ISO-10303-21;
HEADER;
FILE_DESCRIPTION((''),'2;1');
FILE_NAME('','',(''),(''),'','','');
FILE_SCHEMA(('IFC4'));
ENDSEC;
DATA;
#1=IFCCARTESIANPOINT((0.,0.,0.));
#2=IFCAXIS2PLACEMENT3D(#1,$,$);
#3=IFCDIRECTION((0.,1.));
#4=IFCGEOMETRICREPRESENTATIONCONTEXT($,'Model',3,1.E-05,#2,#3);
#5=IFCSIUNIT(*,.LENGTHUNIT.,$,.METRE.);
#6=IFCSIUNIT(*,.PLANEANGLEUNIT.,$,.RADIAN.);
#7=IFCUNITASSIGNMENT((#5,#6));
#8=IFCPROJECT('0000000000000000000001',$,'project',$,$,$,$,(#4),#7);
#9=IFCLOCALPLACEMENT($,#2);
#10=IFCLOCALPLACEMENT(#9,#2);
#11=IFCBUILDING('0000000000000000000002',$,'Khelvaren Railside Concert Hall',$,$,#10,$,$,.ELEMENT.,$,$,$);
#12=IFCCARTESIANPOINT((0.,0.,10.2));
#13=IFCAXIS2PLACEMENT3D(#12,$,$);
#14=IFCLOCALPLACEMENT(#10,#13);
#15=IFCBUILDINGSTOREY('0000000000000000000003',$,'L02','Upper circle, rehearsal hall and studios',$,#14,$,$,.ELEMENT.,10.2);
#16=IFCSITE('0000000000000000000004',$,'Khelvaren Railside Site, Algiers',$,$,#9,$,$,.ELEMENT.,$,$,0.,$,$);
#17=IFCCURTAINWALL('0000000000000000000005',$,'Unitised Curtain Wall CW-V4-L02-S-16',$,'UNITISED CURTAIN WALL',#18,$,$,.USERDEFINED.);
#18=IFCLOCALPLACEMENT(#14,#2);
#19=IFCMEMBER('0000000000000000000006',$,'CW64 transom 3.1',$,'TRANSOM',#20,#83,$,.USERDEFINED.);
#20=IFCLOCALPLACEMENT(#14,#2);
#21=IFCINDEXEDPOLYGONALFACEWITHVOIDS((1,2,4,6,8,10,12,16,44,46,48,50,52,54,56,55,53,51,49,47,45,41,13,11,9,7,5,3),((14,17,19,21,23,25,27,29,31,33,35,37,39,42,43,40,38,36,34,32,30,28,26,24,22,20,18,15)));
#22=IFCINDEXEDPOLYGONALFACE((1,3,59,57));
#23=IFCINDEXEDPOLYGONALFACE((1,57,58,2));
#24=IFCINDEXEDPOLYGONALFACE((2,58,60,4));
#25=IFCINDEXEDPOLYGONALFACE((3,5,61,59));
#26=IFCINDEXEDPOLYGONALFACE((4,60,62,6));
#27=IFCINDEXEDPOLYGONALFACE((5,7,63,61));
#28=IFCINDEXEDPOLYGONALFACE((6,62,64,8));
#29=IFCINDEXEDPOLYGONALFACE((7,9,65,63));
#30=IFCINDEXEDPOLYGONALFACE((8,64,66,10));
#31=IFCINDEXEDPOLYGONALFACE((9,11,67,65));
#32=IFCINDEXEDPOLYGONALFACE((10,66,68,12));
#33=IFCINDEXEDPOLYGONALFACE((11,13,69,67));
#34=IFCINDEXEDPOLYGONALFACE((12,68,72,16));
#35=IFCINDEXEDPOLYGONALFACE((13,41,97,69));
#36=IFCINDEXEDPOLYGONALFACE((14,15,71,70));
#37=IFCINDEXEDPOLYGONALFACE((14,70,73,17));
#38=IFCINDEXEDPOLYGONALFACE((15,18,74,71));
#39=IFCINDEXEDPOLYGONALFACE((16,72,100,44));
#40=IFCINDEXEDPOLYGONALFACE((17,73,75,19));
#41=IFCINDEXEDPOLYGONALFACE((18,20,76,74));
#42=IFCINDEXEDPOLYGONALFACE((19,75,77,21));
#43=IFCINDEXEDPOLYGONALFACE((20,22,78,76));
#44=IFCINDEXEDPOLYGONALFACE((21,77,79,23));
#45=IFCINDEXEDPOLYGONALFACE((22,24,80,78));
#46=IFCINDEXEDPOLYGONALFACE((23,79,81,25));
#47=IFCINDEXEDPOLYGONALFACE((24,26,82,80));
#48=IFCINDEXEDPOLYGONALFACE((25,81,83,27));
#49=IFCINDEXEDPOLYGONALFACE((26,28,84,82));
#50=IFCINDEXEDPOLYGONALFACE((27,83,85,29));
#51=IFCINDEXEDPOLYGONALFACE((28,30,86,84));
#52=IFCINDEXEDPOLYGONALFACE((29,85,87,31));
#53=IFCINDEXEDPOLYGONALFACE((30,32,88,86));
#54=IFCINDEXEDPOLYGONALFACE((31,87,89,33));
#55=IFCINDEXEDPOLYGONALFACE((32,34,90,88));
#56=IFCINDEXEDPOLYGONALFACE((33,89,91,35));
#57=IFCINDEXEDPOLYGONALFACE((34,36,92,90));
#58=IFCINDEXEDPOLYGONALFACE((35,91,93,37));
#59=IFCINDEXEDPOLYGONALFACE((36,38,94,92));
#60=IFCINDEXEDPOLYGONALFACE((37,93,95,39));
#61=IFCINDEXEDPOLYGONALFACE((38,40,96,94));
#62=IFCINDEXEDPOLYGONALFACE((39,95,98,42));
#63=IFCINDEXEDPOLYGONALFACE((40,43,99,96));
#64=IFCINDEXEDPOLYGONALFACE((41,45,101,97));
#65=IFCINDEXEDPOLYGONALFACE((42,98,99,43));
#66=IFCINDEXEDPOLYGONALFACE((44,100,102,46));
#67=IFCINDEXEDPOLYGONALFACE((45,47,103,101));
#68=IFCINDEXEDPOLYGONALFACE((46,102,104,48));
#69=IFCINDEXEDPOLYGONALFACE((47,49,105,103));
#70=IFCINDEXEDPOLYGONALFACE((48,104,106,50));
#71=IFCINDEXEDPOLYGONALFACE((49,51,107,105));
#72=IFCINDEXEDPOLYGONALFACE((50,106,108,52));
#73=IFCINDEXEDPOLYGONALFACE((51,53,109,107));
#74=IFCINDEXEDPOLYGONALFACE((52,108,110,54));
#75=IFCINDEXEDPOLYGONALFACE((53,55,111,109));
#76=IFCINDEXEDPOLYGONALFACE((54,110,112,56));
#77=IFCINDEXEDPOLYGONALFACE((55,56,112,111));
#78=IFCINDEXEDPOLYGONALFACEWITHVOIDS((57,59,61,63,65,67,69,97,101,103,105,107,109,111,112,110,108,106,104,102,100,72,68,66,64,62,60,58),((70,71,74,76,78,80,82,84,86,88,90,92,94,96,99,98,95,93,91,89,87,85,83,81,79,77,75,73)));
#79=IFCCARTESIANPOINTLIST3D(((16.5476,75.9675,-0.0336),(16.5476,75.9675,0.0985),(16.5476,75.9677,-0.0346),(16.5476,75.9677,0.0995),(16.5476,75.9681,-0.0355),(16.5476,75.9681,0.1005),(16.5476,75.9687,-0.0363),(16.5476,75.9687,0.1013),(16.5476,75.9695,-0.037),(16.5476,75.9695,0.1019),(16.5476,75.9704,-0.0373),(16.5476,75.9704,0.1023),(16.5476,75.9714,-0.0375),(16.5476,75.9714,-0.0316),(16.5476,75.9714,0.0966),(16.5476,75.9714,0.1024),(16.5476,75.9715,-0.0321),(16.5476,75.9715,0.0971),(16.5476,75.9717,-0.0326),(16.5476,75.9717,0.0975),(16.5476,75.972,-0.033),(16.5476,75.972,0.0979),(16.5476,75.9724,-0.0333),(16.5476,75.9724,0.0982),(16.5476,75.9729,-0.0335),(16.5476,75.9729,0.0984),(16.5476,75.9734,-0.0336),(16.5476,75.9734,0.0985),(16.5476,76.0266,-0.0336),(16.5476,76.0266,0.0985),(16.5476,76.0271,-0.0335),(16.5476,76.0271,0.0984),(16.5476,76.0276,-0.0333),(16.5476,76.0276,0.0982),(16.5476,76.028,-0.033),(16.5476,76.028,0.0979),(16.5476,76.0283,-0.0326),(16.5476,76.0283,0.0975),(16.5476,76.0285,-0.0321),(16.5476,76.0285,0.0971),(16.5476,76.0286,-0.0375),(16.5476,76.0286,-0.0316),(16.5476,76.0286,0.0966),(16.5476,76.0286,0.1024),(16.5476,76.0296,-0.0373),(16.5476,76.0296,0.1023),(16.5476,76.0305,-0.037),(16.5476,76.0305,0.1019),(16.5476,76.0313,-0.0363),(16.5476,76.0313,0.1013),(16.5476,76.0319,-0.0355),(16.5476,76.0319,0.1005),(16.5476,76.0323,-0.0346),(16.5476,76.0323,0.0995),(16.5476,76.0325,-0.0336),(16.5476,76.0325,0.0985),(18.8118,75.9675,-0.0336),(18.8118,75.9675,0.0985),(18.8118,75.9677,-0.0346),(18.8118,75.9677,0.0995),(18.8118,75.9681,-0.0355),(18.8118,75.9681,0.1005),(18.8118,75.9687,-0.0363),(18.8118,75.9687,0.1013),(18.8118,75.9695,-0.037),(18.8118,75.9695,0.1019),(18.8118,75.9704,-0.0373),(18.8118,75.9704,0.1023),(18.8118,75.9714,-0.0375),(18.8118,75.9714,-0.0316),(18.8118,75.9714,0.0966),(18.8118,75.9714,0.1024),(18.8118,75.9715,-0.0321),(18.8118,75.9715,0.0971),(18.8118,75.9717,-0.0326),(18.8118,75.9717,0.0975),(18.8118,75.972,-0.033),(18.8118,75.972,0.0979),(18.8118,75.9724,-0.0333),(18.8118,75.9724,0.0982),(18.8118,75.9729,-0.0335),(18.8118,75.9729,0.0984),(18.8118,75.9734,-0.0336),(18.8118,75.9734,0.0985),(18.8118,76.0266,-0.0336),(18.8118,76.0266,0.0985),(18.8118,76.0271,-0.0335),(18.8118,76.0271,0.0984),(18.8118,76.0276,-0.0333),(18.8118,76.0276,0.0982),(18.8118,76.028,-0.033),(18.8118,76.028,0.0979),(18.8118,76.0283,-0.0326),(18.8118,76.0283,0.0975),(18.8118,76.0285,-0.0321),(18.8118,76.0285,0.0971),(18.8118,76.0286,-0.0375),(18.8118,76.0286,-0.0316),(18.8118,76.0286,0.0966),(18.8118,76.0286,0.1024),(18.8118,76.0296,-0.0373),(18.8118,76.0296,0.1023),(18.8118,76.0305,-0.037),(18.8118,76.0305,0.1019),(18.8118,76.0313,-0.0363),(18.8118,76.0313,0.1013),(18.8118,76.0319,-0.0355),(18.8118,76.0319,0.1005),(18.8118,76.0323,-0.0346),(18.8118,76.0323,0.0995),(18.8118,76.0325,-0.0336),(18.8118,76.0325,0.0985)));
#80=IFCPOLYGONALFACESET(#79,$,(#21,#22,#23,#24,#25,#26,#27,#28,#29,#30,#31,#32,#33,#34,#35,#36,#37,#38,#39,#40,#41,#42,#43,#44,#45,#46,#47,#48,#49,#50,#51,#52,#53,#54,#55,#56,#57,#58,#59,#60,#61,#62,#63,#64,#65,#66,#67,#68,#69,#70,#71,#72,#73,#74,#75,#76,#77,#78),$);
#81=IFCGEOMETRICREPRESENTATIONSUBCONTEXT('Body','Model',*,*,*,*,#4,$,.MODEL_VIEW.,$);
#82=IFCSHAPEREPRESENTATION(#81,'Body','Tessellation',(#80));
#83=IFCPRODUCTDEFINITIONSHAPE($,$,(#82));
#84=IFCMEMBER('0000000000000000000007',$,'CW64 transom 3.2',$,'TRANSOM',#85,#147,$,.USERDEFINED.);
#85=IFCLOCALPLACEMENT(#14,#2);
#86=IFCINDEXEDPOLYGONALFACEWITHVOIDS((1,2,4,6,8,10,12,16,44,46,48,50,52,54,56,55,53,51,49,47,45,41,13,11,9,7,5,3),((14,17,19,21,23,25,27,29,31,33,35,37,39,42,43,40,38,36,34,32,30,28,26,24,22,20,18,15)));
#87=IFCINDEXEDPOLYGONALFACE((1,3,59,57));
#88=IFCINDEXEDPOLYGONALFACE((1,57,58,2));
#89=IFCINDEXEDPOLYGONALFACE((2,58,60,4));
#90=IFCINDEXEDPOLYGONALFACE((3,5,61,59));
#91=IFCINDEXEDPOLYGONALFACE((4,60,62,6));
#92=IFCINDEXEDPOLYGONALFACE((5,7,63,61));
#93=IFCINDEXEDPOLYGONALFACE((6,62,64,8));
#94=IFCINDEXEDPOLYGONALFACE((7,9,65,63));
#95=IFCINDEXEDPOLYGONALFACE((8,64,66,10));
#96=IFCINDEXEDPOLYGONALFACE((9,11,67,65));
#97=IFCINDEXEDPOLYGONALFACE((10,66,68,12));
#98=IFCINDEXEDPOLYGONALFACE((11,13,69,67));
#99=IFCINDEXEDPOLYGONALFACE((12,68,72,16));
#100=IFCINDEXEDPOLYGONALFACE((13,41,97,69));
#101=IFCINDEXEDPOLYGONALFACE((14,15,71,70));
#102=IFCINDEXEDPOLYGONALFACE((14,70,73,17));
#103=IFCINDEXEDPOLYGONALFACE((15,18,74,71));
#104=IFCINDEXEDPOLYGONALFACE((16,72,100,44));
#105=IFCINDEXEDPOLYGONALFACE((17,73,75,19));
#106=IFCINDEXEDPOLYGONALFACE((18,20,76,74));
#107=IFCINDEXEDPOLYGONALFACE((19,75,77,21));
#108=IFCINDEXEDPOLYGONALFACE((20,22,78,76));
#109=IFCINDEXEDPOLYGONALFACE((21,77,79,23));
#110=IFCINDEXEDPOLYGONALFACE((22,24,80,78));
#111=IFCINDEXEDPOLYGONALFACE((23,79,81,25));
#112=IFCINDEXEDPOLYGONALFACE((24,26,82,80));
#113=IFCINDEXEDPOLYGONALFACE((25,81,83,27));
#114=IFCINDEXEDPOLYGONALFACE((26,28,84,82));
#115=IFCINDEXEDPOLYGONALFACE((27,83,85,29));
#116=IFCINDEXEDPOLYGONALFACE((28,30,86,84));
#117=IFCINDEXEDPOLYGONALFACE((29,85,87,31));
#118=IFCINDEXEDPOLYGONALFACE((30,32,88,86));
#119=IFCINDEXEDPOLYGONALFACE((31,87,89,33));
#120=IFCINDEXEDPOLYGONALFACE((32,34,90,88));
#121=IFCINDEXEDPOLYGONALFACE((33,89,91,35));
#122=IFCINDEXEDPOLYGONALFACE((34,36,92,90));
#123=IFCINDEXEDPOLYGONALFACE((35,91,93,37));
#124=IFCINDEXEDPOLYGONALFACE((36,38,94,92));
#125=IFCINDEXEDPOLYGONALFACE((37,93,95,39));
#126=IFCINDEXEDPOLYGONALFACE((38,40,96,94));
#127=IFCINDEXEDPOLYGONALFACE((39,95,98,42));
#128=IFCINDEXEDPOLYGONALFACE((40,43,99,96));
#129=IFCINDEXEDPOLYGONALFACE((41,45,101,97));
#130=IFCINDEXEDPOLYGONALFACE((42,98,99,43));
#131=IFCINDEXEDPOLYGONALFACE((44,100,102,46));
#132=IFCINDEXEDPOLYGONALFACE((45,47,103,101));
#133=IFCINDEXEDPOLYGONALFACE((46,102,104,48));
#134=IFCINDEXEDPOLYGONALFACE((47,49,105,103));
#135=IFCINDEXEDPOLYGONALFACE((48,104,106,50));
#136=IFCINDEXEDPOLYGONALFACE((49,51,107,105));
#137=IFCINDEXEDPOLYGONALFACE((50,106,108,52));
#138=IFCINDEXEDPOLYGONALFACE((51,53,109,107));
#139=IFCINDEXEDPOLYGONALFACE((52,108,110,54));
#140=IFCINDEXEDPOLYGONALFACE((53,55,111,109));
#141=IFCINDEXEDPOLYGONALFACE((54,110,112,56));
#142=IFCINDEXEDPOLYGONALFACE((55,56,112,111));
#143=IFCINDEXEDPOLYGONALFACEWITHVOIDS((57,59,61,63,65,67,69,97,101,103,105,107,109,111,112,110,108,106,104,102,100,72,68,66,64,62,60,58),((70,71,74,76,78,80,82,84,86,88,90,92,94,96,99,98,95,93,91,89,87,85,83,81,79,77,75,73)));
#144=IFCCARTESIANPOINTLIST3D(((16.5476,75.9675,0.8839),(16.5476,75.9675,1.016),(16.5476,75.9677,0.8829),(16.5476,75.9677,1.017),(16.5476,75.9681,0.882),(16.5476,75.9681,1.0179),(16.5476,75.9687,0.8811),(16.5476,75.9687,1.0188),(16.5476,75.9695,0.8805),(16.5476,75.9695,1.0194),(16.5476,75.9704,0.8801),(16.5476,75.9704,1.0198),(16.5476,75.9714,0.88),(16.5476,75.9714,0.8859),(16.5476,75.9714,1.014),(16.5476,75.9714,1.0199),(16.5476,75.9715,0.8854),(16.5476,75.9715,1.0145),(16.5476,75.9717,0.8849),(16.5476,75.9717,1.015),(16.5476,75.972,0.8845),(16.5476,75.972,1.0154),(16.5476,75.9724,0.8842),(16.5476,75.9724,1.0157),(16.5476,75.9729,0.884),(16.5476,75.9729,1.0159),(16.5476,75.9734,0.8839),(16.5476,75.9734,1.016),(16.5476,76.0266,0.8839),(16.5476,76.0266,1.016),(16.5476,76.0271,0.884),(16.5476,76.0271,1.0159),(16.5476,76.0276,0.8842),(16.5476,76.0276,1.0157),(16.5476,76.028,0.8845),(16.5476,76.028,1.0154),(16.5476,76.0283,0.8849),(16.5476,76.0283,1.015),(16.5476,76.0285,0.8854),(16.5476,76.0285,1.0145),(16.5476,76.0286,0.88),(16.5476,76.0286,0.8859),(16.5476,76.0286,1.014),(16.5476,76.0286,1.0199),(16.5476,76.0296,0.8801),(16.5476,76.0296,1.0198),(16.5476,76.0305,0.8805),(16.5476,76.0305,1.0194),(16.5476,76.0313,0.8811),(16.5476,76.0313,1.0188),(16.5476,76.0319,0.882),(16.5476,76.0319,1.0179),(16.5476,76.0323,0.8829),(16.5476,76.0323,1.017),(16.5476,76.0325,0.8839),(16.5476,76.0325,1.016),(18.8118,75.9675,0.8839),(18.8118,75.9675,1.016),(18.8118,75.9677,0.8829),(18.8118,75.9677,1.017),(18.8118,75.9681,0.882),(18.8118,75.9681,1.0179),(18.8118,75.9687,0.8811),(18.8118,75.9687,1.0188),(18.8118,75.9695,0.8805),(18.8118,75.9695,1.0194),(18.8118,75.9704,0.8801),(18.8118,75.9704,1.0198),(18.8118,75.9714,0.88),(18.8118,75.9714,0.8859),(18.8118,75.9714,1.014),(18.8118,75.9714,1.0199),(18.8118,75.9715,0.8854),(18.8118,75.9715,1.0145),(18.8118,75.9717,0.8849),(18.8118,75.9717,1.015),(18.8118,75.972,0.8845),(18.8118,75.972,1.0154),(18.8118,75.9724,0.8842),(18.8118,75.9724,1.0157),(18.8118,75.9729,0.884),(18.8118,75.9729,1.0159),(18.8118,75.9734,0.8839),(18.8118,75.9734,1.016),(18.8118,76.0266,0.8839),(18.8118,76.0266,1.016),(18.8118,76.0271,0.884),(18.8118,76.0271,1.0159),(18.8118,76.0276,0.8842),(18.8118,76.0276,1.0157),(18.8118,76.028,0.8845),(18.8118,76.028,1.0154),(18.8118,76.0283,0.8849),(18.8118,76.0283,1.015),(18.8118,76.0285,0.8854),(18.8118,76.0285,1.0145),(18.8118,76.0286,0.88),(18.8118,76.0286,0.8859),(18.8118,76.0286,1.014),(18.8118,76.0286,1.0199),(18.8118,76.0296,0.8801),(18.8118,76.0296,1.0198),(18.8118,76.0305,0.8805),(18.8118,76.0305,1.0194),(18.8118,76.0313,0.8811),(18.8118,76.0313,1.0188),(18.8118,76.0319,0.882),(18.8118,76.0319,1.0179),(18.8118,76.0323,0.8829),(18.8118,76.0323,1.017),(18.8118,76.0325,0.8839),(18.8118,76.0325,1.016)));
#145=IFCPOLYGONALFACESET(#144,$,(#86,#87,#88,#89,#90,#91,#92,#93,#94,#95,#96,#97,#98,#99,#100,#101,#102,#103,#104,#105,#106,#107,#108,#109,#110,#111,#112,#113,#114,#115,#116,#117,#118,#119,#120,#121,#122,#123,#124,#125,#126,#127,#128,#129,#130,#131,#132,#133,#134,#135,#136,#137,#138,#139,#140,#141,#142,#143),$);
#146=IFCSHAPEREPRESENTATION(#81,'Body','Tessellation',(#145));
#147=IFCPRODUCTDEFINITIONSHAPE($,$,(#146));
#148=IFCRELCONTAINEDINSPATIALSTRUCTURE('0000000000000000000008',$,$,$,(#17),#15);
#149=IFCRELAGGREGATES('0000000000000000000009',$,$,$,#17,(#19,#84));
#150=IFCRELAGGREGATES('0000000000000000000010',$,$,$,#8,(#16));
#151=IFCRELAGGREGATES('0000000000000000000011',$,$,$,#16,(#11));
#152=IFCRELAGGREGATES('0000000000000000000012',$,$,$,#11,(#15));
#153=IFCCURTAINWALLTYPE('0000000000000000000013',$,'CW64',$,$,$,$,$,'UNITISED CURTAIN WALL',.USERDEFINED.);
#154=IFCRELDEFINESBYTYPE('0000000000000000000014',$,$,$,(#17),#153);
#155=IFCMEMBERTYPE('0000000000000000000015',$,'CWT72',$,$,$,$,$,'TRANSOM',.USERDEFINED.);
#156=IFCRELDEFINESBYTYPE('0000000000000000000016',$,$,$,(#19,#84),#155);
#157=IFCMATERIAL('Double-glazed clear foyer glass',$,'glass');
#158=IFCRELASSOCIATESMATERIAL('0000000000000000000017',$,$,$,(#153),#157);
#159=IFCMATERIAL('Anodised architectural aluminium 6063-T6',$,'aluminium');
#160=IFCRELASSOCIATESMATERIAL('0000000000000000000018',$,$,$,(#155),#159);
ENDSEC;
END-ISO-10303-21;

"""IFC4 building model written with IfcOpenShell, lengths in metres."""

from ifc_helpers import new_model, si_unit, direction, frame, origin, origin_2d, place, context, subcontext, project, spatial, hollow_rectangle, extrude, material, material_profile, profile_set, type_object, element, aggregate, save


model = new_model("IFC4")

# Units and contexts
model_context = context("Model", 3, precision=1e-05, world=origin(), true_north=direction((0.0, 1.0)))
body_context = subcontext(model_context, "Body", "Model", "MODEL_VIEW")
ifc_project = project(units=[si_unit("LENGTHUNIT", "METRE"), si_unit("PLANEANGLEUNIT", "RADIAN")], contexts=[model_context])

# Site, building, storey
site_placement = place(None, origin())
site = spatial("IfcSite", under=ifc_project, at=site_placement, Name="Khelvaren Railside Site, Algiers", CompositionType="ELEMENT", RefElevation=0.0)
building_placement = place(site_placement, origin())
building = spatial("IfcBuilding", under=site, at=building_placement, Name="Khelvaren Railside Concert Hall", CompositionType="ELEMENT")
storey_placement = place(building_placement, frame((0.0, 0.0, 10.2)))
storey = spatial("IfcBuildingStorey", under=building, at=storey_placement, Name="L02", Description="Upper circle, rehearsal hall and studios", CompositionType="ELEMENT", Elevation=10.2)

# Curtain wall, members
ifc_material_1 = material(Name="Double-glazed clear foyer glass", Category="glass")
curtain_wall_type = type_object("IfcCurtainWallType", Name="CW64", ElementType="UNITISED CURTAIN WALL", PredefinedType="USERDEFINED", material=ifc_material_1)
curtain_wall_placement = place(storey_placement, origin())
curtain_wall = element("IfcCurtainWall", 1, at=curtain_wall_placement, inside=storey, type_object=curtain_wall_type, Name="Unitised Curtain Wall CW-V4-L02-S-16", ObjectType="UNITISED CURTAIN WALL", PredefinedType="USERDEFINED")
ifc_material_2 = material(Name="Anodised architectural aluminium 6063-T6", Category="aluminium")
ifc_material_profile_1 = material_profile(ifc_material_2, hollow_rectangle(XDim=0.0649, YDim=0.1399, WallThickness=0.0039, InnerFilletRadius=0.002, OuterFilletRadius=0.0039, at=origin_2d()), Name="CWT 65x140x4")
ifc_profile_set_1 = profile_set([ifc_material_profile_1], Name="Anodised architectural aluminium 6063-T6")
member_type_1 = type_object("IfcMemberType", Name="CWT72", ElementType="TRANSOM", PredefinedType="USERDEFINED", material=ifc_profile_set_1)
member_1_placement = place(storey_placement, frame((18.8118, 76.0, 0.0325), z_axis=(-1.0, 0.0, 0.0), x_axis=(0.0, -1.0, 0.0)))
member_1 = element("IfcMember", 2, at=member_1_placement, type_object=member_type_1, Name="CW64 transom 3.1", ObjectType="TRANSOM", PredefinedType="USERDEFINED", context=body_context, shape_type="SweptSolid", body=[
    extrude(hollow_rectangle(XDim=0.0649, YDim=0.1399, WallThickness=0.0039, InnerFilletRadius=0.002, OuterFilletRadius=0.0039, at=origin_2d()), origin(), (0.0, 0.0, 1.0), 2.2642),
])
member_2_placement = place(storey_placement, frame((18.8118, 76.0, 0.95), z_axis=(-1.0, 0.0, 0.0), x_axis=(0.0, -1.0, 0.0)))
member_2 = element("IfcMember", 3, at=member_2_placement, type_object=member_type_1, Name="CW64 transom 3.2", ObjectType="TRANSOM", PredefinedType="USERDEFINED", context=body_context, shape_type="SweptSolid", body=[
    extrude(hollow_rectangle(XDim=0.0649, YDim=0.1399, WallThickness=0.0039, InnerFilletRadius=0.002, OuterFilletRadius=0.0039, at=origin_2d()), origin(), (0.0, 0.0, 1.0), 2.2642),
])

aggregate(curtain_wall, [member_1, member_2])

save(model, "model.ifc")
